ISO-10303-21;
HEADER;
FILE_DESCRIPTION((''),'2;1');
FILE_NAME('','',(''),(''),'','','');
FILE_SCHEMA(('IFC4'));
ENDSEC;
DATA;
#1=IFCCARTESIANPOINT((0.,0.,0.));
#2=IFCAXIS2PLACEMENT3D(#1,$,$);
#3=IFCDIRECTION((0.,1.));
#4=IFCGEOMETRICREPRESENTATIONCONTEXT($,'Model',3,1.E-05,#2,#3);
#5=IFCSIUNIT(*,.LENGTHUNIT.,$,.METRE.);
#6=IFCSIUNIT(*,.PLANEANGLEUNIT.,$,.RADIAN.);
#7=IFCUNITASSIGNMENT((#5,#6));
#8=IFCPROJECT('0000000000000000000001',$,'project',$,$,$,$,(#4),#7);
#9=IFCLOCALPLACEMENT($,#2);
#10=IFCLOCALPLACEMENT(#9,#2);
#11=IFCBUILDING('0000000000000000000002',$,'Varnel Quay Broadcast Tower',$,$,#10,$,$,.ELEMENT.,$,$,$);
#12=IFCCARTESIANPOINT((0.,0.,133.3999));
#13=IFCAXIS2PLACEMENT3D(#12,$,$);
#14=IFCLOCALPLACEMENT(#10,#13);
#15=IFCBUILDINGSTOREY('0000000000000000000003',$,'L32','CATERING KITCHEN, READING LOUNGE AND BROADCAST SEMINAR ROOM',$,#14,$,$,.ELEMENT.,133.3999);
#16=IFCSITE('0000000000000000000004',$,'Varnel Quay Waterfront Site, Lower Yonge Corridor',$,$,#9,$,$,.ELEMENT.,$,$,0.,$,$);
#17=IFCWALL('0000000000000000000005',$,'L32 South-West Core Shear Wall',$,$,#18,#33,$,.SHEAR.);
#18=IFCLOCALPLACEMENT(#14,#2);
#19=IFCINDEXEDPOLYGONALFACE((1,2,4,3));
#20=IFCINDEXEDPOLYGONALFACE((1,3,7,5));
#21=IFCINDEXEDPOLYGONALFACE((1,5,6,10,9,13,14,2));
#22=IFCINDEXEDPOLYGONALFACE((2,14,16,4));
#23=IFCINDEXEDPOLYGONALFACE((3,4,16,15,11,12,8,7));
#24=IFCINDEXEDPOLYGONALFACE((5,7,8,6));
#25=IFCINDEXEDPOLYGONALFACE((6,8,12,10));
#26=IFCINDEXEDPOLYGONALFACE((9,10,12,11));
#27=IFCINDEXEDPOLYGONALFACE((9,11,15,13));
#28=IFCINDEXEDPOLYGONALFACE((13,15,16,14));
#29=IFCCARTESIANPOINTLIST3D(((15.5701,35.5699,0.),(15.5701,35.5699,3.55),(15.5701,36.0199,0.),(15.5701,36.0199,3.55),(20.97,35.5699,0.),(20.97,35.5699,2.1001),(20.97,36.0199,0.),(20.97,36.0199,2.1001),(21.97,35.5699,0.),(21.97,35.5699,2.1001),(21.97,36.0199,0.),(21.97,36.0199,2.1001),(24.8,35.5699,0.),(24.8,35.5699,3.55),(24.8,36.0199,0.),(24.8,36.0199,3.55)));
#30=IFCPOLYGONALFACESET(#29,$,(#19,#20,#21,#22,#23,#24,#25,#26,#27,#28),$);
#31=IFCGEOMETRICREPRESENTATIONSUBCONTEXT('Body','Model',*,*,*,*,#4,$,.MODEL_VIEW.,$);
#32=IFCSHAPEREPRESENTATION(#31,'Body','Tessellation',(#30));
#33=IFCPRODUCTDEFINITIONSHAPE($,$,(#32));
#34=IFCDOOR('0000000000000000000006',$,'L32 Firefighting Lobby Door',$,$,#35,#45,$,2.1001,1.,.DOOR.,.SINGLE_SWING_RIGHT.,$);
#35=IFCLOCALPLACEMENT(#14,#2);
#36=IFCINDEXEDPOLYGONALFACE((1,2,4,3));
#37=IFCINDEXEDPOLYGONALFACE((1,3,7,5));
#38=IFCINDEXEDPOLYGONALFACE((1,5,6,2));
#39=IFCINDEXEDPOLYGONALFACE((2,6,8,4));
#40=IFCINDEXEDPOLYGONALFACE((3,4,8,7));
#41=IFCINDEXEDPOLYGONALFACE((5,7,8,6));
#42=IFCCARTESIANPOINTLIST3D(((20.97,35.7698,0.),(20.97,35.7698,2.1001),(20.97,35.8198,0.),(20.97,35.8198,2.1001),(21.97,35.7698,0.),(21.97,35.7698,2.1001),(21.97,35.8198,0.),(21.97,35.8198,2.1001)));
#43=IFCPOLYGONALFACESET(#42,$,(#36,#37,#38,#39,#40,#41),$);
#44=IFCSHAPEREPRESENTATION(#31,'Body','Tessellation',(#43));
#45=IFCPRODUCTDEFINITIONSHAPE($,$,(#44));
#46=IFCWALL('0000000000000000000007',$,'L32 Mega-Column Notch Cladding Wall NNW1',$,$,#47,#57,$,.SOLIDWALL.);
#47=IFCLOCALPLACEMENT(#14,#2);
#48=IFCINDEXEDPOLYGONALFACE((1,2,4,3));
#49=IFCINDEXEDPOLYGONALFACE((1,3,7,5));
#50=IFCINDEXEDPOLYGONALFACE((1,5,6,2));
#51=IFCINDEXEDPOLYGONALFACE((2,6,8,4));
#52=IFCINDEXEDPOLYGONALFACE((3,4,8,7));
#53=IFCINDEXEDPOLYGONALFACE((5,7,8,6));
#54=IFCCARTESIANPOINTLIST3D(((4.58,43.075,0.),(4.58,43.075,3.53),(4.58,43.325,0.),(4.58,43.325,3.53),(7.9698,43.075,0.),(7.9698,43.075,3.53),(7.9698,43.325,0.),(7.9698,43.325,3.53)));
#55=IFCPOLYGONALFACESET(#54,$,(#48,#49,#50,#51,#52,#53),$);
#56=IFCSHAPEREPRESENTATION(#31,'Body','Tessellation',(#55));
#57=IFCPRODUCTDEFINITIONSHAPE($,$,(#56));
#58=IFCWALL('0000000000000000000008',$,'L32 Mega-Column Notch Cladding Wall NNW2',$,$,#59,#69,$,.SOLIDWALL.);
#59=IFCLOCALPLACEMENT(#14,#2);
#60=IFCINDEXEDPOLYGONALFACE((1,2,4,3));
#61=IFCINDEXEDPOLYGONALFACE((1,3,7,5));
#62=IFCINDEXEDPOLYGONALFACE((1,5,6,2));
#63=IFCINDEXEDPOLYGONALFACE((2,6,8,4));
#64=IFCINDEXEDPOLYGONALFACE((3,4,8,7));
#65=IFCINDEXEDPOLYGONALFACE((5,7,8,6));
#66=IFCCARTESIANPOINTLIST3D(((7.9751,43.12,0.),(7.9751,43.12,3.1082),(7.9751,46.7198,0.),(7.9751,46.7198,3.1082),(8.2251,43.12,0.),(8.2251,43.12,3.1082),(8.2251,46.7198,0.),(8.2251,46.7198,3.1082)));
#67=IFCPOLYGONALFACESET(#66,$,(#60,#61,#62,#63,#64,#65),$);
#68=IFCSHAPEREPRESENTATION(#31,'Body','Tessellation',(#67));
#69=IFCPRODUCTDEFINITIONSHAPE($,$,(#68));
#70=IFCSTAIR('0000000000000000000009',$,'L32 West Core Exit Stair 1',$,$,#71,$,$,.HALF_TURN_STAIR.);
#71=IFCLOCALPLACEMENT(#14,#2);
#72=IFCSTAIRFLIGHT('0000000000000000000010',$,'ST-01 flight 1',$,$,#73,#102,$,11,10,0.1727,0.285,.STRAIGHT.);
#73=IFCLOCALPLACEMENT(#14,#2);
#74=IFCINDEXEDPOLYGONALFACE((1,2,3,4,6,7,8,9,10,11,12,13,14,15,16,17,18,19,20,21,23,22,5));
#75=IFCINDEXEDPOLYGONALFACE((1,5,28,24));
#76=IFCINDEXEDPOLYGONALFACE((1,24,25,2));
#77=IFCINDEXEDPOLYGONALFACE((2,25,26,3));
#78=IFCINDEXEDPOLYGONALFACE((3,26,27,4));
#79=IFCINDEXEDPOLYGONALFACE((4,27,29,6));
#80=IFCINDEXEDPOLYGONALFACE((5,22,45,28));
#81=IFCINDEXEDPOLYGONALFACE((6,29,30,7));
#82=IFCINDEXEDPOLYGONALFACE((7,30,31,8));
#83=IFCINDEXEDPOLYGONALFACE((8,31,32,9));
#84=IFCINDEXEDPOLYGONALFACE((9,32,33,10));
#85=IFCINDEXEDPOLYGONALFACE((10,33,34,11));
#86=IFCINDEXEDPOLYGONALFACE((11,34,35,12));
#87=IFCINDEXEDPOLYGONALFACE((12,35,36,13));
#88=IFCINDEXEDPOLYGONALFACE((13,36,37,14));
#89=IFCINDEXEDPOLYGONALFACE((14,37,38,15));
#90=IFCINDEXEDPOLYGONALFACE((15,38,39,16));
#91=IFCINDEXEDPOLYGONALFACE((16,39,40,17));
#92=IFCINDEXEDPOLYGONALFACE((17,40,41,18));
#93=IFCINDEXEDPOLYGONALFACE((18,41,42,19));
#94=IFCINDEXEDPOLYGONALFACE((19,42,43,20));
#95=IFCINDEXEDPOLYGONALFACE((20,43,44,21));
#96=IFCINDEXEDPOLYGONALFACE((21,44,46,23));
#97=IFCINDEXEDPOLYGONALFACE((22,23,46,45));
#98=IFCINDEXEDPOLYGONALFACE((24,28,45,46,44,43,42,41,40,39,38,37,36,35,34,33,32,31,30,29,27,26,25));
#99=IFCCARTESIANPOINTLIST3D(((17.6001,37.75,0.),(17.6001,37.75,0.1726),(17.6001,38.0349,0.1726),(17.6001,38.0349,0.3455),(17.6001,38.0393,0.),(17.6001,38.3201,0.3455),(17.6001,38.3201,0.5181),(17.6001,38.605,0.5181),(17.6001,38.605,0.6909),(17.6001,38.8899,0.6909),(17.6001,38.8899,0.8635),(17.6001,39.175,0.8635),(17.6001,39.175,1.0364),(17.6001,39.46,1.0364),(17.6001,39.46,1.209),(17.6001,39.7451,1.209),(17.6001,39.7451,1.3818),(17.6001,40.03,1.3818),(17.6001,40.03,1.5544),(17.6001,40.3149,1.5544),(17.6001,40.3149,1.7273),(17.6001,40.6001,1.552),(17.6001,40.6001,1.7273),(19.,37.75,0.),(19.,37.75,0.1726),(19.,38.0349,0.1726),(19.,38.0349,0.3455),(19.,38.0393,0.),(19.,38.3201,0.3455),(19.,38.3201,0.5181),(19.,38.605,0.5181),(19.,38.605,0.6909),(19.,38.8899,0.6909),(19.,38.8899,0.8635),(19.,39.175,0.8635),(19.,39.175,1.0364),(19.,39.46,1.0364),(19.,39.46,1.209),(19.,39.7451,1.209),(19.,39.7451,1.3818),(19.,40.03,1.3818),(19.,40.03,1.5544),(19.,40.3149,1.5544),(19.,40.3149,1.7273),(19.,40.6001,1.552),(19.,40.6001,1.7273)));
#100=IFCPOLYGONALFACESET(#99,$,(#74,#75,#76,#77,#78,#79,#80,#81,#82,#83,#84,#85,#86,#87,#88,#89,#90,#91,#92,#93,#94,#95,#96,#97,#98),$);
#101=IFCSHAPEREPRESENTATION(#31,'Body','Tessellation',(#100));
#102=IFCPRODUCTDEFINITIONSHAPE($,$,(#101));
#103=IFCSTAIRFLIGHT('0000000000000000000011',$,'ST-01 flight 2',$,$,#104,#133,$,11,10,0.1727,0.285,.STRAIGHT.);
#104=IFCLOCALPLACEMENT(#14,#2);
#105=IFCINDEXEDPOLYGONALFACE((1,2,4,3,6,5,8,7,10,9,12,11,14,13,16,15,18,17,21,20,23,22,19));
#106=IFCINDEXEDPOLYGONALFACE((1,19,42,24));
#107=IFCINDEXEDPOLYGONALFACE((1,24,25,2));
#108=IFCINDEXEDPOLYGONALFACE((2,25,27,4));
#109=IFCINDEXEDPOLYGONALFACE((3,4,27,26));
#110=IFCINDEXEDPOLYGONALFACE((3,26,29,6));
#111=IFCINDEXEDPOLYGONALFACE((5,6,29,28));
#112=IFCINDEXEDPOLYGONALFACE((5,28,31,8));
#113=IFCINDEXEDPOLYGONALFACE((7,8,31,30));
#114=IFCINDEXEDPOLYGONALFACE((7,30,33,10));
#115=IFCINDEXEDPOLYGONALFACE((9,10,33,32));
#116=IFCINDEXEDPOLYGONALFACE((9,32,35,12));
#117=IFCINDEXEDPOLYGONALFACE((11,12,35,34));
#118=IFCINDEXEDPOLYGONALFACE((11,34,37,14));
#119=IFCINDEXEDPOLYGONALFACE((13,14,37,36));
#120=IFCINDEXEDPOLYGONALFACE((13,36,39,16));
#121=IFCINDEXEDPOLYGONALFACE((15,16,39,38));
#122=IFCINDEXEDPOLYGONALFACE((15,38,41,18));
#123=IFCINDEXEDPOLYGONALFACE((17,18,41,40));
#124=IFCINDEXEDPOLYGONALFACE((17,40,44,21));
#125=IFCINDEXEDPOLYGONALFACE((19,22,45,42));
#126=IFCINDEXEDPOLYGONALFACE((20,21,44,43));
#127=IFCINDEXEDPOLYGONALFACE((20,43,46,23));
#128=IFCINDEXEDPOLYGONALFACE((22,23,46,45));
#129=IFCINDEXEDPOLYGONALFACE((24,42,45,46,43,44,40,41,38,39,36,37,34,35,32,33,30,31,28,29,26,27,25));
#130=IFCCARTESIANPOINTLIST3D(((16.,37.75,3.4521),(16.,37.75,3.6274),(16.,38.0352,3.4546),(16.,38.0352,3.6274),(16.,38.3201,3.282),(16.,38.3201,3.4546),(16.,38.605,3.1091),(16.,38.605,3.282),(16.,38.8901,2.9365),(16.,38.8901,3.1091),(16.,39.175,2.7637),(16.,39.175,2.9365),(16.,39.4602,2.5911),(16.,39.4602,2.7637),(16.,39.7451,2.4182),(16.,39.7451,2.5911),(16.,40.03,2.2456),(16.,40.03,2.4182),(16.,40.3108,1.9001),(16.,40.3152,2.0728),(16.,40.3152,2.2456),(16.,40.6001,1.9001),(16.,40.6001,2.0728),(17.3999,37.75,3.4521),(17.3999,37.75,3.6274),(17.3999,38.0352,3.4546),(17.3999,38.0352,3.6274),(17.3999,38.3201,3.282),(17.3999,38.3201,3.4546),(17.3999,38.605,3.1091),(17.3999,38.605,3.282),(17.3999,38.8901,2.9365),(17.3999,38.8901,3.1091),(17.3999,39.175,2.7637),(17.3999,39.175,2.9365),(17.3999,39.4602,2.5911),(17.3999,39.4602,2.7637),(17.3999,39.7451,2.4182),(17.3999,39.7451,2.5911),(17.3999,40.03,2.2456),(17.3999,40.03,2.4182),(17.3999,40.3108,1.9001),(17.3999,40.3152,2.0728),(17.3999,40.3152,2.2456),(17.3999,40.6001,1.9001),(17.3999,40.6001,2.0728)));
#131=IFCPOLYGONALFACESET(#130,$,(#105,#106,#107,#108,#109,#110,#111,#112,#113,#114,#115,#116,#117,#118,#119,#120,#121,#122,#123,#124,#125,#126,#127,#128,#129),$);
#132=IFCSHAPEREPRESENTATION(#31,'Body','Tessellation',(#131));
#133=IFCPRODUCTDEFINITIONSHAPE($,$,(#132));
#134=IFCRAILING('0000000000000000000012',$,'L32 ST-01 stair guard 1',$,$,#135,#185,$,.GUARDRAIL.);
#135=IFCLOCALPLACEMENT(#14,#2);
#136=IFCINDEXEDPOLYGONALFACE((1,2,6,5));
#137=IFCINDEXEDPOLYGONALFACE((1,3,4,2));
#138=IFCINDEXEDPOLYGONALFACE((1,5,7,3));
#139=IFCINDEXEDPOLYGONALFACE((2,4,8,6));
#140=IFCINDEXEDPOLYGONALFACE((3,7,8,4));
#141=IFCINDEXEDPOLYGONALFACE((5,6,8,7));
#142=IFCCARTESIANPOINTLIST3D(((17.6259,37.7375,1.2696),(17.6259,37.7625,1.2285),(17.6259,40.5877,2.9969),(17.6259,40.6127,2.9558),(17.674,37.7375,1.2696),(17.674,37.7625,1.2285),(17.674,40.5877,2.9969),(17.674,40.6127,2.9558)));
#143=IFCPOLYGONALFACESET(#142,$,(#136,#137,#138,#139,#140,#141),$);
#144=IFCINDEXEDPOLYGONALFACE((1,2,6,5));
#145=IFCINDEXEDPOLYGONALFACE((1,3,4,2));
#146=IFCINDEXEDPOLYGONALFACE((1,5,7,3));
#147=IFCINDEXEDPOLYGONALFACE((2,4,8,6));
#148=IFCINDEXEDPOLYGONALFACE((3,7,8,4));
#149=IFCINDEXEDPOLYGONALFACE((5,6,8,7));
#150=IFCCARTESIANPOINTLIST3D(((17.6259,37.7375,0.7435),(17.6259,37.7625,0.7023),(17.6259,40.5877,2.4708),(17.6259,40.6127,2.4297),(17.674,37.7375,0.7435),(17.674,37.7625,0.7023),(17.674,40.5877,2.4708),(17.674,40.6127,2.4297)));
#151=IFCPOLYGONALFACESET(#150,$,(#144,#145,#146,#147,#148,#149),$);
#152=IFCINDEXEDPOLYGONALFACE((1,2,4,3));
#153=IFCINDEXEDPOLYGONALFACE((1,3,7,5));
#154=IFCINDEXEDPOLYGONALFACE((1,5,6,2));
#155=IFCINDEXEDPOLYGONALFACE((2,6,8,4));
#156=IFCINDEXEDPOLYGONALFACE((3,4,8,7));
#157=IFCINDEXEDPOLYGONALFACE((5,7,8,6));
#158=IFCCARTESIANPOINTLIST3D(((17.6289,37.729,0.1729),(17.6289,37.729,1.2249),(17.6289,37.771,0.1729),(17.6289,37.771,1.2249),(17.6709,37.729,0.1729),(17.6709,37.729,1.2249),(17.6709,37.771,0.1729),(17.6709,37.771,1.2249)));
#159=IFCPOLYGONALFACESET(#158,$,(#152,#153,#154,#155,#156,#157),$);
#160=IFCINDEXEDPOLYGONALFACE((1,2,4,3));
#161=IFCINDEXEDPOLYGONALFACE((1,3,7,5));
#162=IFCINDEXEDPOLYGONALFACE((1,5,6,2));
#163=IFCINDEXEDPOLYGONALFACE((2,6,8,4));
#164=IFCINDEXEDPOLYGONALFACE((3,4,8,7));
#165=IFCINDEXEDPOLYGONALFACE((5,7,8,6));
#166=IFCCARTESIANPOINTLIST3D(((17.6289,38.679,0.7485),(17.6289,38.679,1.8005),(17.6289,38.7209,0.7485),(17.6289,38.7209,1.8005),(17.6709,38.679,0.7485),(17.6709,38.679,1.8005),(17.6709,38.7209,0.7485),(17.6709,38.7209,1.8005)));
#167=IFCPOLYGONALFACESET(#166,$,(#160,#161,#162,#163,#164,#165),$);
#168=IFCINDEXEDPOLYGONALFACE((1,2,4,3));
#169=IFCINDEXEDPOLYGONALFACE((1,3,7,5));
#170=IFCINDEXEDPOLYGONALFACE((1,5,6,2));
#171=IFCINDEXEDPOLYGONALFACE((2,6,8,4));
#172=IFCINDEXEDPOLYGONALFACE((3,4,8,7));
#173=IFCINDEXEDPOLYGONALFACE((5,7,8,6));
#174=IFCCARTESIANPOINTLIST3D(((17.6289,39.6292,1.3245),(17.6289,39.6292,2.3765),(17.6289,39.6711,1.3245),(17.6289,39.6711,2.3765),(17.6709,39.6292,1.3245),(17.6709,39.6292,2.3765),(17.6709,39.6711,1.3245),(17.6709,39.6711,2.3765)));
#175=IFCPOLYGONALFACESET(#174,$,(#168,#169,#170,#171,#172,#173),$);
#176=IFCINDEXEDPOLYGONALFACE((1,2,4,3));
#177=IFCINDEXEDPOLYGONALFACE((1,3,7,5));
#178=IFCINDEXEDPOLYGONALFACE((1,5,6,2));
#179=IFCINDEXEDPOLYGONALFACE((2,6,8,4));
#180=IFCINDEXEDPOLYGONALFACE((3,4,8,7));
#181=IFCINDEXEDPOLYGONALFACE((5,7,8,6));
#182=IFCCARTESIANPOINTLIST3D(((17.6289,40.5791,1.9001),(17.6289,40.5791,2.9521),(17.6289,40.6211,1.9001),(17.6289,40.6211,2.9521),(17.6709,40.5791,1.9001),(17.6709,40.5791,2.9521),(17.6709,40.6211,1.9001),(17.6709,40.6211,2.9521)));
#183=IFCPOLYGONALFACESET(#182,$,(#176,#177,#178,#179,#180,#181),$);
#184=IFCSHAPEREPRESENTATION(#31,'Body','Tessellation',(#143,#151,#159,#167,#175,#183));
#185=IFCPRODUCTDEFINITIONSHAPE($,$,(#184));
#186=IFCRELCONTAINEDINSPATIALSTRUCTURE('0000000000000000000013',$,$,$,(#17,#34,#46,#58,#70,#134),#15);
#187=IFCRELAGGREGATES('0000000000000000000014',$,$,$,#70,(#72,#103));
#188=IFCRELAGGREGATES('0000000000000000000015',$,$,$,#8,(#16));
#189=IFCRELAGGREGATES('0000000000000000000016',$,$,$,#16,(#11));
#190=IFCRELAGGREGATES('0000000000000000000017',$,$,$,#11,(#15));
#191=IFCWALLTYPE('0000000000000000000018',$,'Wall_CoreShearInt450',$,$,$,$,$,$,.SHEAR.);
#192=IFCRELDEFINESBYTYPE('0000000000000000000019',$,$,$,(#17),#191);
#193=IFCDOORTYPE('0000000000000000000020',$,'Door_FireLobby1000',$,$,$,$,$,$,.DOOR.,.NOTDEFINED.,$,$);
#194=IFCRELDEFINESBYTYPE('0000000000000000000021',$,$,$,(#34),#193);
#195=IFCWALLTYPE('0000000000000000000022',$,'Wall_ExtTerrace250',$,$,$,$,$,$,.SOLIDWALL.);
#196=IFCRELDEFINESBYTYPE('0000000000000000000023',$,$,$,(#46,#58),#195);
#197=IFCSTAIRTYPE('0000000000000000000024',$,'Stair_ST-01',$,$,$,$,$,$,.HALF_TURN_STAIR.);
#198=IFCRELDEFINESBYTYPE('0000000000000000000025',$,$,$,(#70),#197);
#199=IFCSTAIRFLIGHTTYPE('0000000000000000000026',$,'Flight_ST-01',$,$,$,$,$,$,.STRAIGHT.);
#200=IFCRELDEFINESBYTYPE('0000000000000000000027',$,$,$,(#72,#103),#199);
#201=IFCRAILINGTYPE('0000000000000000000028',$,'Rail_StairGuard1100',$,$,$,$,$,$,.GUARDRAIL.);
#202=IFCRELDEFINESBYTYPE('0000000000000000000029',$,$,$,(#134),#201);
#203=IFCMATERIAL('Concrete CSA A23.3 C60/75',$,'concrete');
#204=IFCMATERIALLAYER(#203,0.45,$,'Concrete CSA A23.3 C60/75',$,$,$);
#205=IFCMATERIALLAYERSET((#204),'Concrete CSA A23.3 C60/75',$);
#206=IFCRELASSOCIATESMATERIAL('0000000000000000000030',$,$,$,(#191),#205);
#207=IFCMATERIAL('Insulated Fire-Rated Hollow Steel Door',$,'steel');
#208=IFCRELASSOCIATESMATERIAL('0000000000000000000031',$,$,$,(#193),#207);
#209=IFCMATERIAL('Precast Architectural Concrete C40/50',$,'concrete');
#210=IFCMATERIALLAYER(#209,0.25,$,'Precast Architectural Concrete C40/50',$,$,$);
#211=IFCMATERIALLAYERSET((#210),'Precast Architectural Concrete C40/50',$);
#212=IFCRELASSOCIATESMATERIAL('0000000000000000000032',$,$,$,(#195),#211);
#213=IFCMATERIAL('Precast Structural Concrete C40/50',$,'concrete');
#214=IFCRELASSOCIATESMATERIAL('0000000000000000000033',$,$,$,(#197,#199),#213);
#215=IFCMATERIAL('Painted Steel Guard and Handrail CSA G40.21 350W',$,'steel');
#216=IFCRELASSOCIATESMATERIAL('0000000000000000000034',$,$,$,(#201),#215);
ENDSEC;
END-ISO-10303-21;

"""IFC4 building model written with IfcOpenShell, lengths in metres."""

from ifc_helpers import new_model, si_unit, direction, frame, frame_2d, origin, origin_2d, place, context, subcontext, project, spatial, polyline, rectangle, outline, extrude, source, transform, mapped, material, layer, layer_set, type_object, type_shapes, element, fill, aggregate, save


model = new_model("IFC4")

# Units and contexts
model_context = context("Model", 3, precision=1e-05, world=origin(), true_north=direction((0.0, 1.0)))
body_context = subcontext(model_context, "Body", "Model", "MODEL_VIEW")
ifc_project = project(units=[si_unit("LENGTHUNIT", "METRE"), si_unit("PLANEANGLEUNIT", "RADIAN")], contexts=[model_context])

# Site, building, storey
site_placement = place(None, origin())
site = spatial("IfcSite", under=ifc_project, at=site_placement, Name="Varnel Quay Waterfront Site, Lower Yonge Corridor", CompositionType="ELEMENT", RefElevation=0.0)
building_placement = place(site_placement, origin())
building = spatial("IfcBuilding", under=site, at=building_placement, Name="Varnel Quay Broadcast Tower", CompositionType="ELEMENT")
storey_placement = place(building_placement, frame((0.0, 0.0, 133.3999)))
storey = spatial("IfcBuildingStorey", under=building, at=storey_placement, Name="L32", Description="CATERING KITCHEN, READING LOUNGE AND BROADCAST SEMINAR ROOM", CompositionType="ELEMENT", Elevation=133.3999)

# Shared definitions
ifc_material_1 = material(Name="Concrete CSA A23.3 C60/75", Category="concrete")

# Shared definitions
ifc_material_2 = material(Name="Insulated Fire-Rated Hollow Steel Door", Category="steel")

# Wall, opening, door
ifc_layer_1 = layer(ifc_material_1, 0.45, Name="Concrete CSA A23.3 C60/75")
ifc_layer_set_1 = layer_set([ifc_layer_1], Name="Concrete CSA A23.3 C60/75")
wall_type_1 = type_object("IfcWallType", Name="Wall_CoreShearInt450", PredefinedType="SHEAR", material=ifc_layer_set_1)
wall_1_placement = place(storey_placement, frame((15.5701, 35.7949, 0.0), z_axis=(0.0, 0.0, 1.0), x_axis=(1.0, 0.0, 0.0)))
wall_1 = element("IfcWall", 1, at=wall_1_placement, inside=storey, type_object=wall_type_1, Name="L32 South-West Core Shear Wall", PredefinedType="SHEAR", context=body_context, shape_type="SweptSolid", body=[
    extrude(rectangle(XDim=9.23, YDim=0.45, at=frame_2d((4.615, 0.0))), origin(), (0.0, 0.0, 1.0), 3.55),
])
opening_1_placement = place(wall_1_placement, frame((5.3999, 0.0, 0.0)))
opening_1 = element("IfcOpeningElement", 2, at=opening_1_placement, cuts=wall_1, PredefinedType="OPENING", context=body_context, shape_type="SweptSolid", body=[
    extrude(rectangle(XDim=1.0, YDim=2.1001, at=frame_2d((0.5, 1.05))), frame((0.0, 0.2349, 0.0), z_axis=(0.0, -1.0, 0.0), x_axis=(1.0, 0.0, 0.0)), (0.0, 0.0, 1.0), 0.47),
])
door_type_1 = type_object("IfcDoorType", Name="Door_FireLobby1000", OperationType="NOTDEFINED", PredefinedType="DOOR", material=ifc_material_2)
shared_shape_1 = source(origin(), body_context, "Body", "SweptSolid", [
    extrude(rectangle(XDim=1.0, YDim=2.1001, at=frame_2d((0.5, 1.05))), frame((0.0, 0.0249, 0.0), z_axis=(0.0, -1.0, 0.0), x_axis=(1.0, 0.0, 0.0)), (0.0, 0.0, 1.0), 0.05),
])
type_shapes(door_type_1, [shared_shape_1])
door_1_placement = place(opening_1_placement, origin())
door_1 = element("IfcDoor", 3, at=door_1_placement, inside=storey, type_object=door_type_1, Name="L32 Firefighting Lobby Door", OperationType="SINGLE_SWING_RIGHT", OverallHeight=2.1001, OverallWidth=1.0, PredefinedType="DOOR", context=body_context, shape_type="MappedRepresentation", body=[
    mapped(shared_shape_1, transform((0.0, 0.0, 0.0), x_axis=(1.0, 0.0, 0.0), y_axis=(0.0, 1.0, 0.0), z_axis=(0.0, 0.0, 1.0), scale=1.0)),
])
fill(opening_1, door_1)

# Walls
ifc_material_3 = material(Name="Precast Architectural Concrete C40/50", Category="concrete")
ifc_layer_2 = layer(ifc_material_3, 0.25, Name="Precast Architectural Concrete C40/50")
ifc_layer_set_2 = layer_set([ifc_layer_2], Name="Precast Architectural Concrete C40/50")
wall_type_2 = type_object("IfcWallType", Name="Wall_ExtTerrace250", PredefinedType="SOLIDWALL", material=ifc_layer_set_2)
wall_2_placement = place(storey_placement, frame((4.5801, 43.2, 0.0), z_axis=(0.0, 0.0, 1.0), x_axis=(1.0, 0.0, 0.0)))
element("IfcWall", 4, at=wall_2_placement, inside=storey, type_object=wall_type_2, Name="L32 Mega-Column Notch Cladding Wall NNW1", PredefinedType="SOLIDWALL", context=body_context, shape_type="SweptSolid", body=[
    extrude(rectangle(XDim=3.3899, YDim=0.25, at=frame_2d((1.6948, 0.0))), origin(), (0.0, 0.0, 1.0), 3.53),
])
wall_3_placement = place(storey_placement, frame((8.1001, 43.1201, 0.0), z_axis=(0.0, 0.0, 1.0), x_axis=(0.0, 1.0, 0.0)))
element("IfcWall", 5, at=wall_3_placement, inside=storey, type_object=wall_type_2, Name="L32 Mega-Column Notch Cladding Wall NNW2", PredefinedType="SOLIDWALL", context=body_context, shape_type="SweptSolid", body=[
    extrude(rectangle(XDim=3.5999, YDim=0.25, at=frame_2d((1.7998, 0.0))), origin(), (0.0, 0.0, 1.0), 3.1082),
])

# Stair, stair flights
ifc_material_4 = material(Name="Precast Structural Concrete C40/50", Category="concrete")
stair_type = type_object("IfcStairType", Name="Stair_ST-01", PredefinedType="HALF_TURN_STAIR", material=ifc_material_4)
stair_placement = place(storey_placement, origin())
stair = element("IfcStair", 6, at=stair_placement, inside=storey, type_object=stair_type, Name="L32 West Core Exit Stair 1", PredefinedType="HALF_TURN_STAIR")
stair_flight_type = type_object("IfcStairFlightType", Name="Flight_ST-01", PredefinedType="STRAIGHT", material=ifc_material_4)
stair_flight_1_placement = place(storey_placement, frame((18.3, 37.75, 0.0), z_axis=(0.0, 0.0, 1.0), x_axis=(0.0, 1.0, 0.0)))
stair_flight_1 = element("IfcStairFlight", 7, at=stair_flight_1_placement, type_object=stair_flight_type, Name="ST-01 flight 1", NumberOfRisers=11, NumberOfTreads=10, PredefinedType="STRAIGHT", RiserHeight=0.1727, TreadLength=0.285, context=body_context, shape_type="SweptSolid", body=[
    extrude(outline(polyline([(0.0, 0.0), (0.0, 0.1726), (0.2849, 0.1726), (0.2849, 0.3455), (0.5701, 0.3455), (0.5701, 0.5181), (0.855, 0.5181), (0.855, 0.6909), (1.1399, 0.6909), (1.1399, 0.8635), (1.425, 0.8635), (1.425, 1.0364), (1.71, 1.0364), (1.71, 1.209), (1.9951, 1.209), (1.9951, 1.3818), (2.28, 1.3818), (2.28, 1.5544), (2.5649, 1.5544), (2.5649, 1.7273), (2.8501, 1.7273), (2.8501, 1.8999), (2.8501, 1.552), (0.2893, 0.0), (0.0, 0.0)])), frame((0.0, 0.7, 0.0), z_axis=(0.0, -1.0, 0.0), x_axis=(1.0, 0.0, 0.0)), (0.0, 0.0, 1.0), 1.3999),
])
stair_flight_2_placement = place(storey_placement, frame((16.7, 40.6001, 1.9001), z_axis=(0.0, 0.0, 1.0), x_axis=(0.0, -1.0, 0.0)))
stair_flight_2 = element("IfcStairFlight", 8, at=stair_flight_2_placement, type_object=stair_flight_type, Name="ST-01 flight 2", NumberOfRisers=11, NumberOfTreads=10, PredefinedType="STRAIGHT", RiserHeight=0.1727, TreadLength=0.285, context=body_context, shape_type="SweptSolid", body=[
    extrude(outline(polyline([(0.0, 0.0), (0.0, 0.1726), (0.2849, 0.1726), (0.2849, 0.3455), (0.5701, 0.3455), (0.5701, 0.5181), (0.855, 0.5181), (0.855, 0.6909), (1.1399, 0.6909), (1.1399, 0.8635), (1.425, 0.8635), (1.425, 1.0364), (1.71, 1.0364), (1.71, 1.209), (1.9951, 1.209), (1.9951, 1.3818), (2.28, 1.3818), (2.28, 1.5544), (2.5649, 1.5544), (2.5649, 1.7273), (2.8501, 1.7273), (2.8501, 1.8999), (2.8501, 1.552), (0.2893, 0.0), (0.0, 0.0)])), frame((0.0, 0.7, 0.0), z_axis=(0.0, -1.0, 0.0), x_axis=(1.0, 0.0, 0.0)), (0.0, 0.0, 1.0), 1.3999),
])
aggregate(stair, [stair_flight_1, stair_flight_2])

# Railing
ifc_material_5 = material(Name="Painted Steel Guard and Handrail CSA G40.21 350W", Category="steel")
railing_type_1 = type_object("IfcRailingType", Name="Rail_StairGuard1100", PredefinedType="GUARDRAIL", material=ifc_material_5)
railing_1_placement = place(storey_placement, frame((17.6499, 37.75, 0.1729)))
element("IfcRailing", 9, at=railing_1_placement, inside=storey, type_object=railing_type_1, Name="L32 ST-01 stair guard 1", PredefinedType="GUARDRAIL", context=body_context, shape_type="SweptSolid", body=[
    extrude(rectangle(XDim=0.0481, YDim=0.0481, at=origin_2d()), frame((0.0, 0.0, 1.0762), z_axis=(0.0, 0.855203, 0.518294), x_axis=(-1.0, 0.0, 0.0)), (0.0, 0.0, 1.0), 3.3328),
    extrude(rectangle(XDim=0.0481, YDim=0.0481, at=origin_2d()), frame((0.0, 0.0, 0.55), z_axis=(0.0, 0.855203, 0.518294), x_axis=(-1.0, 0.0, 0.0)), (0.0, 0.0, 1.0), 3.3328),
    extrude(rectangle(XDim=0.042, YDim=0.042, at=origin_2d()), origin(), (0.0, 0.0, 1.0), 1.052),
    extrude(rectangle(XDim=0.042, YDim=0.042, at=origin_2d()), frame((0.0, 0.95, 0.5757)), (0.0, 0.0, 1.0), 1.052),
    extrude(rectangle(XDim=0.042, YDim=0.042, at=origin_2d()), frame((0.0, 1.9001, 1.1516)), (0.0, 0.0, 1.0), 1.052),
    extrude(rectangle(XDim=0.042, YDim=0.042, at=origin_2d()), frame((0.0, 2.8501, 1.7273)), (0.0, 0.0, 1.0), 1.052),
])

save(model, "model.ifc")
